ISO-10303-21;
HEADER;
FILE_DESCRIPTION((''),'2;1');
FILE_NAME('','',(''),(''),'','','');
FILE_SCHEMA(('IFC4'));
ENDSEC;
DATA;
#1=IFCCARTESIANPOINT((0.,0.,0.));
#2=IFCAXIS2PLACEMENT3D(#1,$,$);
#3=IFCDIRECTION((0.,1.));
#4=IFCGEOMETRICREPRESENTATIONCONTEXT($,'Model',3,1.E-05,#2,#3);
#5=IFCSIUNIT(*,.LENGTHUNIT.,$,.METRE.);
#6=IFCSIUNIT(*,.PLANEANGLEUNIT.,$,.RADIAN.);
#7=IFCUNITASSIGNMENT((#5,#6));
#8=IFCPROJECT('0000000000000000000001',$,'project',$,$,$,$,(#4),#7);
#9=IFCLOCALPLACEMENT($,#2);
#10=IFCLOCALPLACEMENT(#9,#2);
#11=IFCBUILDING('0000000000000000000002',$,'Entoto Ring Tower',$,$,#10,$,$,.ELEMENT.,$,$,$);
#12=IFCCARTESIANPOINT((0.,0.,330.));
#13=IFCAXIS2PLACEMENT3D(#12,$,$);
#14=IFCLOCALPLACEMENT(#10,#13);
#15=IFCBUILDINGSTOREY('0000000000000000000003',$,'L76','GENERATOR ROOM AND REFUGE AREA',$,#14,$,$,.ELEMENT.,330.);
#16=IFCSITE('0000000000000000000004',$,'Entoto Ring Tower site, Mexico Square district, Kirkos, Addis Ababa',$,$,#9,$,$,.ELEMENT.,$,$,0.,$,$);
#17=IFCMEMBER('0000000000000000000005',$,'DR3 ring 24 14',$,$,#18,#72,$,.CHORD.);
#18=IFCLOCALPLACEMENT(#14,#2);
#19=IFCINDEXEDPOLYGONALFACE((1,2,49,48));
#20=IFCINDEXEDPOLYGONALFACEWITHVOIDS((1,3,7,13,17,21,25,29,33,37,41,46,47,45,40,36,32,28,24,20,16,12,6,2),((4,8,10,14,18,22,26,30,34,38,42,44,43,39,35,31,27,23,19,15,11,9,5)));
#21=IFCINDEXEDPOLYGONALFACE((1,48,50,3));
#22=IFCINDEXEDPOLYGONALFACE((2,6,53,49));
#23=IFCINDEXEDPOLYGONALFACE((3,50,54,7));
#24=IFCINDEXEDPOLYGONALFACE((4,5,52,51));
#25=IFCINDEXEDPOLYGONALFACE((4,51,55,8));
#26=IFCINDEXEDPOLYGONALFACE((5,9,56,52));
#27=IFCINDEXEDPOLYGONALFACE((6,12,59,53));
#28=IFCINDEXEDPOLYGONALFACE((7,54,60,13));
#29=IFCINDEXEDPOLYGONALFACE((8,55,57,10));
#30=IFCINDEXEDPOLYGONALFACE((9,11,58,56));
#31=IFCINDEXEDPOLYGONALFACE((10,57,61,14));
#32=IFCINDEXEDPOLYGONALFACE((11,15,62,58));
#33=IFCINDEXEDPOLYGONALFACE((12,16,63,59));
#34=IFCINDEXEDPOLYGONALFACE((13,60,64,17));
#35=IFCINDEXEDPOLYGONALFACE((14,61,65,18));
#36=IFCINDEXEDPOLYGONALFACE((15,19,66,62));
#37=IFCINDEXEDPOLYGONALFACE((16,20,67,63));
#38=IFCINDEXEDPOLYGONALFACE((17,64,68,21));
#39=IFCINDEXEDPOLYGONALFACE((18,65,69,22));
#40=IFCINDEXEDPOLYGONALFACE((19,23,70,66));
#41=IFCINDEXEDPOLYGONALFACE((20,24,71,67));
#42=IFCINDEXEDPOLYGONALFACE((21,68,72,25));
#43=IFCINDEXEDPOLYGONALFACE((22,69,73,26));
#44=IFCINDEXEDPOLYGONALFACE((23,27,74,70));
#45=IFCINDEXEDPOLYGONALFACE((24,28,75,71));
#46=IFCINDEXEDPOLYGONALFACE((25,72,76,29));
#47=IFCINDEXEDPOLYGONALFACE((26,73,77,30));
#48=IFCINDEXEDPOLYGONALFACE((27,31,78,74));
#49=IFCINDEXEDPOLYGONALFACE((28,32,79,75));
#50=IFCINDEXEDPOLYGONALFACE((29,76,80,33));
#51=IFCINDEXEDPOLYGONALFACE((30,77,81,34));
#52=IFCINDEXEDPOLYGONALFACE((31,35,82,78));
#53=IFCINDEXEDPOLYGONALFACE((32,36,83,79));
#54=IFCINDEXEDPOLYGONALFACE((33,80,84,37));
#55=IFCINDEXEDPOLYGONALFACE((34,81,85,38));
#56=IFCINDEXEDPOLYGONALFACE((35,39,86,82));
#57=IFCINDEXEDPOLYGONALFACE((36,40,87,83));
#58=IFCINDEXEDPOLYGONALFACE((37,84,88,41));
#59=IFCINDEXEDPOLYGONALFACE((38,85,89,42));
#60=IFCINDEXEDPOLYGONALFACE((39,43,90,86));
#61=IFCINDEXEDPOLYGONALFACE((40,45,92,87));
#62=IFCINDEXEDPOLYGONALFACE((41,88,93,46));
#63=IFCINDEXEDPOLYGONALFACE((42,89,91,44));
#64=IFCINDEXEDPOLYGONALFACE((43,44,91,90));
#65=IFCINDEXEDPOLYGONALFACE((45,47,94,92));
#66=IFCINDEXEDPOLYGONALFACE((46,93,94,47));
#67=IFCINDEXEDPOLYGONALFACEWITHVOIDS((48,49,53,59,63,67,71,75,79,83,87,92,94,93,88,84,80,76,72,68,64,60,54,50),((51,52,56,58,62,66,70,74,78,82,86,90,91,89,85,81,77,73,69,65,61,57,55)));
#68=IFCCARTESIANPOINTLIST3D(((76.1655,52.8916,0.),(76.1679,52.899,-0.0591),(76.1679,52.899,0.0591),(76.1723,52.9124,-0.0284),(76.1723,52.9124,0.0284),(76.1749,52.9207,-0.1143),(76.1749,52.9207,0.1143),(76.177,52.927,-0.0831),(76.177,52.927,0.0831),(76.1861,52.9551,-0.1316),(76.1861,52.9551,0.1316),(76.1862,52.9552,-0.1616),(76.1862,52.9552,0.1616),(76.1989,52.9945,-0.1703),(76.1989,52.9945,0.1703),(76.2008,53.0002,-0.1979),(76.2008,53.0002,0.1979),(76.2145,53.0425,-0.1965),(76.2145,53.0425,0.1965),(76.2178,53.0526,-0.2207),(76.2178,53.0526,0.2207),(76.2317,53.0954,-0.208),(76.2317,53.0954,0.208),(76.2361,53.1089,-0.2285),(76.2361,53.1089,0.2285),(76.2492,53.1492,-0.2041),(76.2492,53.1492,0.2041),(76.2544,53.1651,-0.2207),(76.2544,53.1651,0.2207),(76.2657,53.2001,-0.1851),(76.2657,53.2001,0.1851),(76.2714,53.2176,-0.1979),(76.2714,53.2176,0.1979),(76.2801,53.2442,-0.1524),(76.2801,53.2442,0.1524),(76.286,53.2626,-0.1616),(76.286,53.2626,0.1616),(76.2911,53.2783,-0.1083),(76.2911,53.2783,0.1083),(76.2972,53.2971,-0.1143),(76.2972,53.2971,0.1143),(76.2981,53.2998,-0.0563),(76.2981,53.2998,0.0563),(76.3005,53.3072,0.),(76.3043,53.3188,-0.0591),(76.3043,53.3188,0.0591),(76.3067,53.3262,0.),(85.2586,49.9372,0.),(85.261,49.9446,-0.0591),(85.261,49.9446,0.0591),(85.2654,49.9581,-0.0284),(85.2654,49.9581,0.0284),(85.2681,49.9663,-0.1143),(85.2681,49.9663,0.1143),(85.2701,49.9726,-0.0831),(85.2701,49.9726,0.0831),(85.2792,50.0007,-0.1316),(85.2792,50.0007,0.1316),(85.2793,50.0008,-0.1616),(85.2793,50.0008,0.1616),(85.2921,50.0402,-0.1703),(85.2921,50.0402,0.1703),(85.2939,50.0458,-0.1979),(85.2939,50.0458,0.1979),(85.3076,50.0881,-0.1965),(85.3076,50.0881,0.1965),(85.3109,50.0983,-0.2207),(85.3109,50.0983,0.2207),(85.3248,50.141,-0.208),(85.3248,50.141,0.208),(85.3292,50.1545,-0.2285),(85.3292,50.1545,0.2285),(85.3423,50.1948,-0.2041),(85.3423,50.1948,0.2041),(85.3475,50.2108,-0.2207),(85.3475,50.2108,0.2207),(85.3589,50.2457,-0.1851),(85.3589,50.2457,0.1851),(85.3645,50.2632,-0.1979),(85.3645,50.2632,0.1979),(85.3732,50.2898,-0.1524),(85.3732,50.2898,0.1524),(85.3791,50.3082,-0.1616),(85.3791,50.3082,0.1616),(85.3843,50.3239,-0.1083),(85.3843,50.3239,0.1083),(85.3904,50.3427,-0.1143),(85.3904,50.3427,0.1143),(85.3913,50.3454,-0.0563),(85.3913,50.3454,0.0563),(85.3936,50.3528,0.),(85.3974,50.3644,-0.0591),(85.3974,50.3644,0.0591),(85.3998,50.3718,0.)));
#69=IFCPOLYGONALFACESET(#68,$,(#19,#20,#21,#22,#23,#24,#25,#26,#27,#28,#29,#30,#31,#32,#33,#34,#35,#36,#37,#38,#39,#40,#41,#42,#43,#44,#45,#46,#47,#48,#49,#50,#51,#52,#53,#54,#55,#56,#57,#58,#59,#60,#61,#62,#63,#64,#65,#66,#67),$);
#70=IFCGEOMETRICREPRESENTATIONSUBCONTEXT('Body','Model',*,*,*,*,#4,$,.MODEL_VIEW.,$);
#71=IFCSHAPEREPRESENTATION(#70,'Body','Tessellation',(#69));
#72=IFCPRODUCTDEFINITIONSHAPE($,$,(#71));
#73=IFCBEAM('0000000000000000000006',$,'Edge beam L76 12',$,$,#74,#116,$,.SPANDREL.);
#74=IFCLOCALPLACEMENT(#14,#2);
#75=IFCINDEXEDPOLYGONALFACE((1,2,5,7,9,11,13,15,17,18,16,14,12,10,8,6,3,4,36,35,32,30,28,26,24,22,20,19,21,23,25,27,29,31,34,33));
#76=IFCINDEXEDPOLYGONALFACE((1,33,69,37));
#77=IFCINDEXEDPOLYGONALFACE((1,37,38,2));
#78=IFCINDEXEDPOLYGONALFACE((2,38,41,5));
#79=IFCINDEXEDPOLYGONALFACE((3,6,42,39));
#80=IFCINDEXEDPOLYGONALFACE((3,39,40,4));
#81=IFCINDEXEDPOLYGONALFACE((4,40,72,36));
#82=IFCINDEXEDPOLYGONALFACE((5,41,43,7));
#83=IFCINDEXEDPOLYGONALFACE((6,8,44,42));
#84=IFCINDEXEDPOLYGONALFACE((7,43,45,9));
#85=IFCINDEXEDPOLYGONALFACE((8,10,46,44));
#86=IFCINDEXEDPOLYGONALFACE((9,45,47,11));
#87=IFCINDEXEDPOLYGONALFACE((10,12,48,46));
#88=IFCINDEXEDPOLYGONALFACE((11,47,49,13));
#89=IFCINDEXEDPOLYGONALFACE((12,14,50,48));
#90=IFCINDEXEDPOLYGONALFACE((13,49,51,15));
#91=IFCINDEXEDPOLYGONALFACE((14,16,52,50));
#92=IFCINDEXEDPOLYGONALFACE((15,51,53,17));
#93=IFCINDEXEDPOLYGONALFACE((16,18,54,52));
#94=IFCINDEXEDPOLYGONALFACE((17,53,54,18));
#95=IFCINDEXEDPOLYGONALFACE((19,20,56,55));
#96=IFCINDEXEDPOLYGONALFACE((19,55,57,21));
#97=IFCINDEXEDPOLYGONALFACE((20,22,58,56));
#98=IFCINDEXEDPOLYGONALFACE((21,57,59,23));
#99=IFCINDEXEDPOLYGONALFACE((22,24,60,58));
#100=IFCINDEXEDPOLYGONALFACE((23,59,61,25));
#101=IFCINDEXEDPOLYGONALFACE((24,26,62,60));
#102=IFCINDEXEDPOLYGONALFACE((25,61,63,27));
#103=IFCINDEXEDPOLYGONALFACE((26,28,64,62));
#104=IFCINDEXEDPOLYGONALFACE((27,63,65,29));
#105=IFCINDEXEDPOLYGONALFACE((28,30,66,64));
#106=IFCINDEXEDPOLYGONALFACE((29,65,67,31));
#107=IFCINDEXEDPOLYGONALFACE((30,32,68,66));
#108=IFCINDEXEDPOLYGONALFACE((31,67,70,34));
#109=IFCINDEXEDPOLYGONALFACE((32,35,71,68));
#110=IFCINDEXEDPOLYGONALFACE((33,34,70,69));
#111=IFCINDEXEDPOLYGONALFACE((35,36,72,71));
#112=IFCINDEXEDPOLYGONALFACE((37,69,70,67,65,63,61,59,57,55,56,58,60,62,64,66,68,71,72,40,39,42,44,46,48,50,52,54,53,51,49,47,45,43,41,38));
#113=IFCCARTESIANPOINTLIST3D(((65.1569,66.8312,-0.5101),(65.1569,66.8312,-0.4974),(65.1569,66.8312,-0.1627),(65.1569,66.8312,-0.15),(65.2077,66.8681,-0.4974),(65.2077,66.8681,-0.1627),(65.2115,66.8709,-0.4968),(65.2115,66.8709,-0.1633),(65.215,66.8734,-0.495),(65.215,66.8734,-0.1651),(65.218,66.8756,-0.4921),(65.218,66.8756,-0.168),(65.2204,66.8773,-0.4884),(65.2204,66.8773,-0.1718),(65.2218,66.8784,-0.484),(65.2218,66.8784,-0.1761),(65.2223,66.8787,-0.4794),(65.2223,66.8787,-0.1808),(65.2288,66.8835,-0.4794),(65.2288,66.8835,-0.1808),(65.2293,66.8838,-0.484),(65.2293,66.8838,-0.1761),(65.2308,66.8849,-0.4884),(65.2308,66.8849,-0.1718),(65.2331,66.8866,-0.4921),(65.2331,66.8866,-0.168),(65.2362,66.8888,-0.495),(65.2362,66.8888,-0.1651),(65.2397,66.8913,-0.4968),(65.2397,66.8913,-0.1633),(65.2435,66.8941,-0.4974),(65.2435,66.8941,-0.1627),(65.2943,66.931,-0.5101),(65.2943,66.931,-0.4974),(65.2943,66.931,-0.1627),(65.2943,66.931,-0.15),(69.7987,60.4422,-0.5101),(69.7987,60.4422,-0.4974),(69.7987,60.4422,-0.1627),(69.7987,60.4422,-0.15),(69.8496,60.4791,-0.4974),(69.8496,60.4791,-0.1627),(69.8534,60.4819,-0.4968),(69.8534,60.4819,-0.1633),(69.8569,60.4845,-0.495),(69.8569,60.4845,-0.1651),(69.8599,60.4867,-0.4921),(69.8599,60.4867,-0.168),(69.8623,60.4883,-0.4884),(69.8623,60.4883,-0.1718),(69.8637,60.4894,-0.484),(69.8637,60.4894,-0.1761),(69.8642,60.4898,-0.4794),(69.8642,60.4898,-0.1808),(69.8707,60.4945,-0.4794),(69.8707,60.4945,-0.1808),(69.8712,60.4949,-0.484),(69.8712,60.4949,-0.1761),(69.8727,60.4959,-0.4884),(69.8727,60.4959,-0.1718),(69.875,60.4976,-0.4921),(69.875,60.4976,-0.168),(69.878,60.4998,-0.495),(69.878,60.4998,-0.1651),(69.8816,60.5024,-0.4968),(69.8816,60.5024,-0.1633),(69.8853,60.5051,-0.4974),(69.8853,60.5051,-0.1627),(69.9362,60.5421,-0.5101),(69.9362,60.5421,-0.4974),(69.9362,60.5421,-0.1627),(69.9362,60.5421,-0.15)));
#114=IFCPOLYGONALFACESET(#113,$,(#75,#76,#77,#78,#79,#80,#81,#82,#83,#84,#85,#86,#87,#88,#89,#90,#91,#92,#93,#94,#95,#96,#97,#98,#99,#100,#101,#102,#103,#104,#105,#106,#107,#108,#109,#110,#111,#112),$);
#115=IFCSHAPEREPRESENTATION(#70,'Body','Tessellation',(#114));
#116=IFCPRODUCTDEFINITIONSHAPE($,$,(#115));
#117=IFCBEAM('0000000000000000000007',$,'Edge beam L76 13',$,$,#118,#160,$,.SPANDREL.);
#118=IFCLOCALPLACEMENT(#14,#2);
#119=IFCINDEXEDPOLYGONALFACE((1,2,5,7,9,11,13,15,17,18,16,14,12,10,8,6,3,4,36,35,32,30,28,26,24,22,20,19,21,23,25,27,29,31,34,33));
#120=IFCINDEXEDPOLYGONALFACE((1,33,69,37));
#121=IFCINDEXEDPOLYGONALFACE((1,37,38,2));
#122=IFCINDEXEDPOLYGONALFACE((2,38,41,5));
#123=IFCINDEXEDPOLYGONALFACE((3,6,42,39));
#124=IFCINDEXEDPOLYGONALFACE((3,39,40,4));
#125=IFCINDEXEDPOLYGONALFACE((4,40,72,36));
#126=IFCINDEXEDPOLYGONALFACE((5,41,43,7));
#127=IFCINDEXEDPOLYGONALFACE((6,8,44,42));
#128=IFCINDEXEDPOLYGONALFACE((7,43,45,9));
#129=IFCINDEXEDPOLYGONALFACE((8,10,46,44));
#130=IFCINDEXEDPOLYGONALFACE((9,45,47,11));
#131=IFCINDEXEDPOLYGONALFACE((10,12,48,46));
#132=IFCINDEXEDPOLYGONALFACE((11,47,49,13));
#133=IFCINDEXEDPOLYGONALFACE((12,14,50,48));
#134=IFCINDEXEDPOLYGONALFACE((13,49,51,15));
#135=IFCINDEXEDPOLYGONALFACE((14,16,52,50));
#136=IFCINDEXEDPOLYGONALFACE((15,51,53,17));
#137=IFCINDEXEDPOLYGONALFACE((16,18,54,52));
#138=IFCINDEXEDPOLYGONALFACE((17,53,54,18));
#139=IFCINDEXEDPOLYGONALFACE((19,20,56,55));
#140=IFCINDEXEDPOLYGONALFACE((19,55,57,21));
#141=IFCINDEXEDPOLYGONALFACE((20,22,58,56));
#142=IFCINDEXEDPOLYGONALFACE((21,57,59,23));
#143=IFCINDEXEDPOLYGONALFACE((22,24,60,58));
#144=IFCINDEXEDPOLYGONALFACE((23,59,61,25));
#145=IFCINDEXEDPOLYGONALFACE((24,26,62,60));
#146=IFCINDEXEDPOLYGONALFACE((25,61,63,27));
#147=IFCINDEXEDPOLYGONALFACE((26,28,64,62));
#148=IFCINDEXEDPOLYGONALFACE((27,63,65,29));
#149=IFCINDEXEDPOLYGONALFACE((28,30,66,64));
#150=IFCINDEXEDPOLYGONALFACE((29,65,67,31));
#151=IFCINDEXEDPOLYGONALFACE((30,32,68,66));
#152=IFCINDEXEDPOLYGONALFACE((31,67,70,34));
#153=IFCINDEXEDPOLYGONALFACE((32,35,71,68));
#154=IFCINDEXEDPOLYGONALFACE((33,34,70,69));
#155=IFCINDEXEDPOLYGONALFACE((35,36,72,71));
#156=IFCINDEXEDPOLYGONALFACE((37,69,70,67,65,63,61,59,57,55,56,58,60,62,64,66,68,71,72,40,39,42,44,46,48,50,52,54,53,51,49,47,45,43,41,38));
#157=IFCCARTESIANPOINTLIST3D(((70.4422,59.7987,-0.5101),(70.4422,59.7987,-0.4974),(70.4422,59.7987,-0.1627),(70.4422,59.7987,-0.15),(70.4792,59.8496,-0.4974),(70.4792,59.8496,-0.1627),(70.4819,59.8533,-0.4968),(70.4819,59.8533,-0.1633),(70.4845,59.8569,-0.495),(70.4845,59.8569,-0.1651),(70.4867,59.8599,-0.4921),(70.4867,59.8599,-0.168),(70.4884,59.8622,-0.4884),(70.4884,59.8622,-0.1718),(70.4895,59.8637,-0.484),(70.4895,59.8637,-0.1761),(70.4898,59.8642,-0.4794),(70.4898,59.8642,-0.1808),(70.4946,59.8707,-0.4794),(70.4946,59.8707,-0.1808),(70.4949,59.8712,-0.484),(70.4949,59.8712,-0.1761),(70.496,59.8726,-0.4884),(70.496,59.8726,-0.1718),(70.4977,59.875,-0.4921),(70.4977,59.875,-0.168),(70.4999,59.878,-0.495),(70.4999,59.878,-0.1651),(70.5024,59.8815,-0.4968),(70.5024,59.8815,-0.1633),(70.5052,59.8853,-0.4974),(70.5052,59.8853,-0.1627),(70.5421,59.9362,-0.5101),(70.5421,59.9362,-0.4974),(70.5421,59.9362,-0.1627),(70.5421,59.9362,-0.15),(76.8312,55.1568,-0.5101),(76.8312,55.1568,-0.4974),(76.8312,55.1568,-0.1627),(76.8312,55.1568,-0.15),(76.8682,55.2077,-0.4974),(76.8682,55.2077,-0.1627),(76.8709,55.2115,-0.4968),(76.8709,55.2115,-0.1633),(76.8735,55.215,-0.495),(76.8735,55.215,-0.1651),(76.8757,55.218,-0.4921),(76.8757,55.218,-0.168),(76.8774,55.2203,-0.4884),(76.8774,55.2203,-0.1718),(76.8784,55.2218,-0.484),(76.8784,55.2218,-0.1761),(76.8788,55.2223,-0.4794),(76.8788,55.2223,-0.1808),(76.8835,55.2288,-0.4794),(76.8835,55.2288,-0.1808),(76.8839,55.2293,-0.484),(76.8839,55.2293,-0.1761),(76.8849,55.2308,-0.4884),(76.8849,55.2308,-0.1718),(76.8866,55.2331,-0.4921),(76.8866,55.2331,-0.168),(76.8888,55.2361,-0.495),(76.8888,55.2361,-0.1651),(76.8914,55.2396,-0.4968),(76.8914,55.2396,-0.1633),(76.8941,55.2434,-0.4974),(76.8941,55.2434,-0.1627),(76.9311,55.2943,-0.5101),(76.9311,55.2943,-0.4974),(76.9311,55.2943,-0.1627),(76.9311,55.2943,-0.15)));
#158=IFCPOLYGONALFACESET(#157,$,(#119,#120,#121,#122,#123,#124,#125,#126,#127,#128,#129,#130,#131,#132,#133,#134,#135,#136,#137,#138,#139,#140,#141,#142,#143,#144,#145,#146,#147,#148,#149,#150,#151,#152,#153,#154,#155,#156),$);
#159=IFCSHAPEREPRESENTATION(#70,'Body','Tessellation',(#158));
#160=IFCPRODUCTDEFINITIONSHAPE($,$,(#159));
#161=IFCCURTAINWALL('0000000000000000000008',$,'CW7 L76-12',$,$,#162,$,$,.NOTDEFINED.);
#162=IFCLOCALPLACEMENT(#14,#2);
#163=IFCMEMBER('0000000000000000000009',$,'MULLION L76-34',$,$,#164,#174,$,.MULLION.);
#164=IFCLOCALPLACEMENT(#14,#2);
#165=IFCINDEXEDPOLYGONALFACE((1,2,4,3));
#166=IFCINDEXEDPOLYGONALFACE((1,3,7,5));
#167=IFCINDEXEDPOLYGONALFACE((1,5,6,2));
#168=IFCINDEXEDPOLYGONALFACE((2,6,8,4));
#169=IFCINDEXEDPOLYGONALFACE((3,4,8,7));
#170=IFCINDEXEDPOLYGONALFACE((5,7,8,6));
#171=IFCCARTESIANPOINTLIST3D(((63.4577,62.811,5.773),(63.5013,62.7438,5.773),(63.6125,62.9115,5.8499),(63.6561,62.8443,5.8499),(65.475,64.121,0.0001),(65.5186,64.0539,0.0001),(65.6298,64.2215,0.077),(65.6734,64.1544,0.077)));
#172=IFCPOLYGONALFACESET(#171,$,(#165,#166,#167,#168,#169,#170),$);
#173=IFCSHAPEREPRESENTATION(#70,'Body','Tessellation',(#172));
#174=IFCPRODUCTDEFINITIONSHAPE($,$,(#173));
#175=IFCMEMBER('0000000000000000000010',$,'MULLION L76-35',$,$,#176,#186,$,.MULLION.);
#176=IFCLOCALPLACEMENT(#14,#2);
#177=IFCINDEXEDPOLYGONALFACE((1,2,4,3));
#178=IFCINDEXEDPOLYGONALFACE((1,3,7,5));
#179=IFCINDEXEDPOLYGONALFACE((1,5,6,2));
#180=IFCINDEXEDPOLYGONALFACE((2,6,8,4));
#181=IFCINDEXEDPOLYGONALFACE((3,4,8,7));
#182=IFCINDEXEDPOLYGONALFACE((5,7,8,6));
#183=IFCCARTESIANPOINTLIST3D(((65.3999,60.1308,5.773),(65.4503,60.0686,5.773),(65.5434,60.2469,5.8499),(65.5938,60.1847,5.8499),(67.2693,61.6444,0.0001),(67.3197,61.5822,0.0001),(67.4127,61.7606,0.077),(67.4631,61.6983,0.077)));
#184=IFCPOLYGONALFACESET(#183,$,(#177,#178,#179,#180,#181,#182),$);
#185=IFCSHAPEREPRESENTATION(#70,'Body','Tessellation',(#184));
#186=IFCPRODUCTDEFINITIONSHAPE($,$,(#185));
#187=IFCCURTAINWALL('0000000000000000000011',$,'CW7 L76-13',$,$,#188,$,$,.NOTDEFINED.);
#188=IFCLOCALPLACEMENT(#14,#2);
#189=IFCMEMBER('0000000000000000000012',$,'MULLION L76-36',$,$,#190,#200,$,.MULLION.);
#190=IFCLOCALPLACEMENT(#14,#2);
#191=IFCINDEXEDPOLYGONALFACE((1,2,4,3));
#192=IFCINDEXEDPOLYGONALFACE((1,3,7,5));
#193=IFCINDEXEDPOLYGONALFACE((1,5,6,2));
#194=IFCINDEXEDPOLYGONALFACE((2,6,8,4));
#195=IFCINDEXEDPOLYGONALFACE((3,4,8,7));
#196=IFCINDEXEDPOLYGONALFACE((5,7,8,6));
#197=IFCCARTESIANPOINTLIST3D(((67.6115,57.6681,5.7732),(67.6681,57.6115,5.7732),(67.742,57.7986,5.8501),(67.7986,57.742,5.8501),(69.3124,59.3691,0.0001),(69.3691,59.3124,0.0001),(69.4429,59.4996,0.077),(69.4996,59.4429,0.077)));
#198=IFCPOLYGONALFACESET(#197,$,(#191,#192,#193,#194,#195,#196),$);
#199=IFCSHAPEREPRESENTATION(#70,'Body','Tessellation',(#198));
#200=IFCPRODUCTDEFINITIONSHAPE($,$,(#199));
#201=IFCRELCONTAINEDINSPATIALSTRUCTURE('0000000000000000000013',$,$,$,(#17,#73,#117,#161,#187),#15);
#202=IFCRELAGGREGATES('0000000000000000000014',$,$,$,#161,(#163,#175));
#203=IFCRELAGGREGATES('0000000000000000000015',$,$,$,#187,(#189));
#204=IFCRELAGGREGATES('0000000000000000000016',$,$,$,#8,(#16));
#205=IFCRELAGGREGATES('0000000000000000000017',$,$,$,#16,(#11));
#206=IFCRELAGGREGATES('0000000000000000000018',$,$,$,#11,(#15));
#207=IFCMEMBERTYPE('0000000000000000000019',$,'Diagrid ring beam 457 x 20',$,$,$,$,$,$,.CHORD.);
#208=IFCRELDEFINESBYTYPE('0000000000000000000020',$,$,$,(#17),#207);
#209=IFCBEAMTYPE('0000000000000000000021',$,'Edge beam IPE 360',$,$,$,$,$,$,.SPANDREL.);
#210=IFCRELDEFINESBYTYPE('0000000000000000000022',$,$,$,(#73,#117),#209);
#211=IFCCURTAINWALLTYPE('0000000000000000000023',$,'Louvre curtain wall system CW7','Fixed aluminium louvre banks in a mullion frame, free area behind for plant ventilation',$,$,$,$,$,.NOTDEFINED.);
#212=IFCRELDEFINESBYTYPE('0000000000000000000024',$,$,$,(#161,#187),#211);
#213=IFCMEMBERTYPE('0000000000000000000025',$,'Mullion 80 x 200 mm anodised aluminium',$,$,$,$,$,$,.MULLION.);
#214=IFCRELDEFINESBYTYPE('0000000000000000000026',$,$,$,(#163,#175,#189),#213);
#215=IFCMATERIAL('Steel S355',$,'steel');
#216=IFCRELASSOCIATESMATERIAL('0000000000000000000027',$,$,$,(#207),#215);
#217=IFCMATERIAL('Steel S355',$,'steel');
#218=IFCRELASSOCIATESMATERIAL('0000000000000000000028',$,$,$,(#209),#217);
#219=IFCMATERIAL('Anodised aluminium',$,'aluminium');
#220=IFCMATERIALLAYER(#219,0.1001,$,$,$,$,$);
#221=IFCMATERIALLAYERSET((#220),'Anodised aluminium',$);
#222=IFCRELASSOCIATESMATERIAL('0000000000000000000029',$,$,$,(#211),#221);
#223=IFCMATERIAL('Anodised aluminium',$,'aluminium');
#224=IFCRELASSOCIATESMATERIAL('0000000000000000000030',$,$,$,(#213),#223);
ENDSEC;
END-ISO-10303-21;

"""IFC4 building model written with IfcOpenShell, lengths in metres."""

from ifc_helpers import new_model, si_unit, direction, frame, origin, origin_2d, place, context, subcontext, project, spatial, rectangle, circle, hollow_circle, i_section, extrude, material, layer, layer_set, material_profile, profile_set, type_object, element, aggregate, save


model = new_model("IFC4")

# Units and contexts
model_context = context("Model", 3, precision=1e-05, world=origin(), true_north=direction((0.0, 1.0)))
body_context = subcontext(model_context, "Body", "Model", "MODEL_VIEW")
ifc_project = project(units=[si_unit("LENGTHUNIT", "METRE"), si_unit("PLANEANGLEUNIT", "RADIAN")], contexts=[model_context])

# Site, building, storey
site_placement = place(None, origin())
site = spatial("IfcSite", under=ifc_project, at=site_placement, Name="Entoto Ring Tower site, Mexico Square district, Kirkos, Addis Ababa", CompositionType="ELEMENT", RefElevation=0.0)
building_placement = place(site_placement, origin())
building = spatial("IfcBuilding", under=site, at=building_placement, Name="Entoto Ring Tower", CompositionType="ELEMENT")
storey_placement = place(building_placement, frame((0.0, 0.0, 330.0)))
storey = spatial("IfcBuildingStorey", under=building, at=storey_placement, Name="L76", Description="GENERATOR ROOM AND REFUGE AREA", CompositionType="ELEMENT", Elevation=330.0)

# Member
ifc_material_1 = material(Name="Steel S355", Category="steel")
ifc_material_profile_1 = material_profile(ifc_material_1, hollow_circle(Radius=0.2285, WallThickness=0.02, at=origin_2d()), Name="CHS 457 x 20")
ifc_material_2 = material(Name="Concrete C60/75", Category="concrete")
ifc_material_profile_2 = material_profile(ifc_material_2, circle(Radius=0.2085, at=origin_2d()), Name="Concrete C60/75 infill")
ifc_profile_set_1 = profile_set([ifc_material_profile_1, ifc_material_profile_2], Name="Steel S355")
member_type_1 = type_object("IfcMemberType", Name="Diagrid ring beam 457 x 20", PredefinedType="CHORD", material=ifc_profile_set_1)
for number, where, z_axis, x_axis, name in (
    (1, (76.2361, 53.1089, 0.0), (0.951061, -0.309002, 0.0), (0.309002, 0.951061, 0.0), "DR3 ring 24 14"),
):
    element("IfcMember", number, at=place(storey_placement, frame(where, z_axis=z_axis, x_axis=x_axis)), inside=storey, type_object=member_type_1, Name=name, PredefinedType="CHORD", context=body_context, shape_type="SweptSolid", body=[
        extrude(hollow_circle(Radius=0.2285, WallThickness=0.02, at=origin_2d()), origin(), (0.0, 0.0, 1.0), 9.561),
    ])

# Beams
ifc_material_3 = material(Name="Steel S355", Category="steel")
ifc_material_profile_3 = material_profile(ifc_material_3, i_section(OverallWidth=0.1699, OverallDepth=0.3601, WebThickness=0.0081, FlangeThickness=0.0127, FilletRadius=0.0181, at=origin_2d()), Name="IPE 360")
ifc_profile_set_2 = profile_set([ifc_material_profile_3], Name="Steel S355")
beam_type_1 = type_object("IfcBeamType", Name="Edge beam IPE 360", PredefinedType="SPANDREL", material=ifc_profile_set_2)
for number, where, z_axis, x_axis, name in (
    (2, (65.2256, 66.8811, -0.3301), (0.587787, -0.809015, 0.0), (0.809015, 0.587787, 0.0), "Edge beam L76 12"),
    (3, (70.4922, 59.8674, -0.3301), (0.809015, -0.587787, 0.0), (0.587787, 0.809015, 0.0), "Edge beam L76 13"),
):
    element("IfcBeam", number, at=place(storey_placement, frame(where, z_axis=z_axis, x_axis=x_axis)), inside=storey, type_object=beam_type_1, Name=name, PredefinedType="SPANDREL", context=body_context, shape_type="SweptSolid", body=[
        extrude(i_section(OverallWidth=0.1699, OverallDepth=0.3601, WebThickness=0.0081, FlangeThickness=0.0127, FilletRadius=0.0181, at=origin_2d()), origin(), (0.0, 0.0, 1.0), 7.8972),
    ])

# Curtain walls, members
ifc_material_4 = material(Name="Anodised aluminium", Category="aluminium")
ifc_layer_1 = layer(ifc_material_4, 0.1001)
ifc_layer_set_1 = layer_set([ifc_layer_1], Name="Anodised aluminium")
curtain_wall_type = type_object("IfcCurtainWallType", Name="Louvre curtain wall system CW7", Description="Fixed aluminium louvre banks in a mullion frame, free area behind for plant ventilation", PredefinedType="NOTDEFINED", material=ifc_layer_set_1)
curtain_wall_1_placement = place(storey_placement, origin())
curtain_wall_1 = element("IfcCurtainWall", 4, at=curtain_wall_1_placement, inside=storey, type_object=curtain_wall_type, Name="CW7 L76-12", PredefinedType="NOTDEFINED")
ifc_material_5 = material(Name="Anodised aluminium", Category="aluminium")
ifc_material_profile_4 = material_profile(ifc_material_5, rectangle(XDim=0.0801, YDim=0.2, at=origin_2d()), Name="Mullion 80 x 200 mm anodised aluminium")
ifc_profile_set_3 = profile_set([ifc_material_profile_4], Name="Anodised aluminium")
member_type_2 = type_object("IfcMemberType", Name="Mullion 80 x 200 mm anodised aluminium", PredefinedType="MULLION", material=ifc_profile_set_3)
member_1_placement = place(storey_placement, frame((65.5742, 64.1377, 0.0386), z_axis=(-0.322566, -0.209474, 0.923077), x_axis=(0.544635, -0.838673, 0.0)))
member_1 = element("IfcMember", 5, at=member_1_placement, type_object=member_type_2, Name="MULLION L76-34", PredefinedType="MULLION", context=body_context, shape_type="SweptSolid", body=[
    extrude(rectangle(XDim=0.0801, YDim=0.2, at=origin_2d()), origin(), (0.0, 0.0, 1.0), 6.2539),
])
member_2_placement = place(storey_placement, frame((67.3662, 61.6714, 0.0386), z_axis=(-0.298909, -0.242032, 0.923078), x_axis=(0.629289, -0.777172, 0.0)))
member_2 = element("IfcMember", 6, at=member_2_placement, type_object=member_type_2, Name="MULLION L76-35", PredefinedType="MULLION", context=body_context, shape_type="SweptSolid", body=[
    extrude(rectangle(XDim=0.0801, YDim=0.2, at=origin_2d()), origin(), (0.0, 0.0, 1.0), 6.2539),
])
aggregate(curtain_wall_1, [member_1, member_2])
curtain_wall_2_placement = place(storey_placement, origin())
curtain_wall_2 = element("IfcCurtainWall", 7, at=curtain_wall_2_placement, inside=storey, type_object=curtain_wall_type, Name="CW7 L76-13", PredefinedType="NOTDEFINED")
member_3_placement = place(storey_placement, frame((69.406, 59.406, 0.0386), z_axis=(-0.271972, -0.271972, 0.923072), x_axis=(0.707107, -0.707107, 0.0)))
member_3 = element("IfcMember", 8, at=member_3_placement, type_object=member_type_2, Name="MULLION L76-36", PredefinedType="MULLION", context=body_context, shape_type="SweptSolid", body=[
    extrude(rectangle(XDim=0.0801, YDim=0.2, at=origin_2d()), origin(), (0.0, 0.0, 1.0), 6.2542),
])
aggregate(curtain_wall_2, [member_3])

save(model, "model.ifc")
